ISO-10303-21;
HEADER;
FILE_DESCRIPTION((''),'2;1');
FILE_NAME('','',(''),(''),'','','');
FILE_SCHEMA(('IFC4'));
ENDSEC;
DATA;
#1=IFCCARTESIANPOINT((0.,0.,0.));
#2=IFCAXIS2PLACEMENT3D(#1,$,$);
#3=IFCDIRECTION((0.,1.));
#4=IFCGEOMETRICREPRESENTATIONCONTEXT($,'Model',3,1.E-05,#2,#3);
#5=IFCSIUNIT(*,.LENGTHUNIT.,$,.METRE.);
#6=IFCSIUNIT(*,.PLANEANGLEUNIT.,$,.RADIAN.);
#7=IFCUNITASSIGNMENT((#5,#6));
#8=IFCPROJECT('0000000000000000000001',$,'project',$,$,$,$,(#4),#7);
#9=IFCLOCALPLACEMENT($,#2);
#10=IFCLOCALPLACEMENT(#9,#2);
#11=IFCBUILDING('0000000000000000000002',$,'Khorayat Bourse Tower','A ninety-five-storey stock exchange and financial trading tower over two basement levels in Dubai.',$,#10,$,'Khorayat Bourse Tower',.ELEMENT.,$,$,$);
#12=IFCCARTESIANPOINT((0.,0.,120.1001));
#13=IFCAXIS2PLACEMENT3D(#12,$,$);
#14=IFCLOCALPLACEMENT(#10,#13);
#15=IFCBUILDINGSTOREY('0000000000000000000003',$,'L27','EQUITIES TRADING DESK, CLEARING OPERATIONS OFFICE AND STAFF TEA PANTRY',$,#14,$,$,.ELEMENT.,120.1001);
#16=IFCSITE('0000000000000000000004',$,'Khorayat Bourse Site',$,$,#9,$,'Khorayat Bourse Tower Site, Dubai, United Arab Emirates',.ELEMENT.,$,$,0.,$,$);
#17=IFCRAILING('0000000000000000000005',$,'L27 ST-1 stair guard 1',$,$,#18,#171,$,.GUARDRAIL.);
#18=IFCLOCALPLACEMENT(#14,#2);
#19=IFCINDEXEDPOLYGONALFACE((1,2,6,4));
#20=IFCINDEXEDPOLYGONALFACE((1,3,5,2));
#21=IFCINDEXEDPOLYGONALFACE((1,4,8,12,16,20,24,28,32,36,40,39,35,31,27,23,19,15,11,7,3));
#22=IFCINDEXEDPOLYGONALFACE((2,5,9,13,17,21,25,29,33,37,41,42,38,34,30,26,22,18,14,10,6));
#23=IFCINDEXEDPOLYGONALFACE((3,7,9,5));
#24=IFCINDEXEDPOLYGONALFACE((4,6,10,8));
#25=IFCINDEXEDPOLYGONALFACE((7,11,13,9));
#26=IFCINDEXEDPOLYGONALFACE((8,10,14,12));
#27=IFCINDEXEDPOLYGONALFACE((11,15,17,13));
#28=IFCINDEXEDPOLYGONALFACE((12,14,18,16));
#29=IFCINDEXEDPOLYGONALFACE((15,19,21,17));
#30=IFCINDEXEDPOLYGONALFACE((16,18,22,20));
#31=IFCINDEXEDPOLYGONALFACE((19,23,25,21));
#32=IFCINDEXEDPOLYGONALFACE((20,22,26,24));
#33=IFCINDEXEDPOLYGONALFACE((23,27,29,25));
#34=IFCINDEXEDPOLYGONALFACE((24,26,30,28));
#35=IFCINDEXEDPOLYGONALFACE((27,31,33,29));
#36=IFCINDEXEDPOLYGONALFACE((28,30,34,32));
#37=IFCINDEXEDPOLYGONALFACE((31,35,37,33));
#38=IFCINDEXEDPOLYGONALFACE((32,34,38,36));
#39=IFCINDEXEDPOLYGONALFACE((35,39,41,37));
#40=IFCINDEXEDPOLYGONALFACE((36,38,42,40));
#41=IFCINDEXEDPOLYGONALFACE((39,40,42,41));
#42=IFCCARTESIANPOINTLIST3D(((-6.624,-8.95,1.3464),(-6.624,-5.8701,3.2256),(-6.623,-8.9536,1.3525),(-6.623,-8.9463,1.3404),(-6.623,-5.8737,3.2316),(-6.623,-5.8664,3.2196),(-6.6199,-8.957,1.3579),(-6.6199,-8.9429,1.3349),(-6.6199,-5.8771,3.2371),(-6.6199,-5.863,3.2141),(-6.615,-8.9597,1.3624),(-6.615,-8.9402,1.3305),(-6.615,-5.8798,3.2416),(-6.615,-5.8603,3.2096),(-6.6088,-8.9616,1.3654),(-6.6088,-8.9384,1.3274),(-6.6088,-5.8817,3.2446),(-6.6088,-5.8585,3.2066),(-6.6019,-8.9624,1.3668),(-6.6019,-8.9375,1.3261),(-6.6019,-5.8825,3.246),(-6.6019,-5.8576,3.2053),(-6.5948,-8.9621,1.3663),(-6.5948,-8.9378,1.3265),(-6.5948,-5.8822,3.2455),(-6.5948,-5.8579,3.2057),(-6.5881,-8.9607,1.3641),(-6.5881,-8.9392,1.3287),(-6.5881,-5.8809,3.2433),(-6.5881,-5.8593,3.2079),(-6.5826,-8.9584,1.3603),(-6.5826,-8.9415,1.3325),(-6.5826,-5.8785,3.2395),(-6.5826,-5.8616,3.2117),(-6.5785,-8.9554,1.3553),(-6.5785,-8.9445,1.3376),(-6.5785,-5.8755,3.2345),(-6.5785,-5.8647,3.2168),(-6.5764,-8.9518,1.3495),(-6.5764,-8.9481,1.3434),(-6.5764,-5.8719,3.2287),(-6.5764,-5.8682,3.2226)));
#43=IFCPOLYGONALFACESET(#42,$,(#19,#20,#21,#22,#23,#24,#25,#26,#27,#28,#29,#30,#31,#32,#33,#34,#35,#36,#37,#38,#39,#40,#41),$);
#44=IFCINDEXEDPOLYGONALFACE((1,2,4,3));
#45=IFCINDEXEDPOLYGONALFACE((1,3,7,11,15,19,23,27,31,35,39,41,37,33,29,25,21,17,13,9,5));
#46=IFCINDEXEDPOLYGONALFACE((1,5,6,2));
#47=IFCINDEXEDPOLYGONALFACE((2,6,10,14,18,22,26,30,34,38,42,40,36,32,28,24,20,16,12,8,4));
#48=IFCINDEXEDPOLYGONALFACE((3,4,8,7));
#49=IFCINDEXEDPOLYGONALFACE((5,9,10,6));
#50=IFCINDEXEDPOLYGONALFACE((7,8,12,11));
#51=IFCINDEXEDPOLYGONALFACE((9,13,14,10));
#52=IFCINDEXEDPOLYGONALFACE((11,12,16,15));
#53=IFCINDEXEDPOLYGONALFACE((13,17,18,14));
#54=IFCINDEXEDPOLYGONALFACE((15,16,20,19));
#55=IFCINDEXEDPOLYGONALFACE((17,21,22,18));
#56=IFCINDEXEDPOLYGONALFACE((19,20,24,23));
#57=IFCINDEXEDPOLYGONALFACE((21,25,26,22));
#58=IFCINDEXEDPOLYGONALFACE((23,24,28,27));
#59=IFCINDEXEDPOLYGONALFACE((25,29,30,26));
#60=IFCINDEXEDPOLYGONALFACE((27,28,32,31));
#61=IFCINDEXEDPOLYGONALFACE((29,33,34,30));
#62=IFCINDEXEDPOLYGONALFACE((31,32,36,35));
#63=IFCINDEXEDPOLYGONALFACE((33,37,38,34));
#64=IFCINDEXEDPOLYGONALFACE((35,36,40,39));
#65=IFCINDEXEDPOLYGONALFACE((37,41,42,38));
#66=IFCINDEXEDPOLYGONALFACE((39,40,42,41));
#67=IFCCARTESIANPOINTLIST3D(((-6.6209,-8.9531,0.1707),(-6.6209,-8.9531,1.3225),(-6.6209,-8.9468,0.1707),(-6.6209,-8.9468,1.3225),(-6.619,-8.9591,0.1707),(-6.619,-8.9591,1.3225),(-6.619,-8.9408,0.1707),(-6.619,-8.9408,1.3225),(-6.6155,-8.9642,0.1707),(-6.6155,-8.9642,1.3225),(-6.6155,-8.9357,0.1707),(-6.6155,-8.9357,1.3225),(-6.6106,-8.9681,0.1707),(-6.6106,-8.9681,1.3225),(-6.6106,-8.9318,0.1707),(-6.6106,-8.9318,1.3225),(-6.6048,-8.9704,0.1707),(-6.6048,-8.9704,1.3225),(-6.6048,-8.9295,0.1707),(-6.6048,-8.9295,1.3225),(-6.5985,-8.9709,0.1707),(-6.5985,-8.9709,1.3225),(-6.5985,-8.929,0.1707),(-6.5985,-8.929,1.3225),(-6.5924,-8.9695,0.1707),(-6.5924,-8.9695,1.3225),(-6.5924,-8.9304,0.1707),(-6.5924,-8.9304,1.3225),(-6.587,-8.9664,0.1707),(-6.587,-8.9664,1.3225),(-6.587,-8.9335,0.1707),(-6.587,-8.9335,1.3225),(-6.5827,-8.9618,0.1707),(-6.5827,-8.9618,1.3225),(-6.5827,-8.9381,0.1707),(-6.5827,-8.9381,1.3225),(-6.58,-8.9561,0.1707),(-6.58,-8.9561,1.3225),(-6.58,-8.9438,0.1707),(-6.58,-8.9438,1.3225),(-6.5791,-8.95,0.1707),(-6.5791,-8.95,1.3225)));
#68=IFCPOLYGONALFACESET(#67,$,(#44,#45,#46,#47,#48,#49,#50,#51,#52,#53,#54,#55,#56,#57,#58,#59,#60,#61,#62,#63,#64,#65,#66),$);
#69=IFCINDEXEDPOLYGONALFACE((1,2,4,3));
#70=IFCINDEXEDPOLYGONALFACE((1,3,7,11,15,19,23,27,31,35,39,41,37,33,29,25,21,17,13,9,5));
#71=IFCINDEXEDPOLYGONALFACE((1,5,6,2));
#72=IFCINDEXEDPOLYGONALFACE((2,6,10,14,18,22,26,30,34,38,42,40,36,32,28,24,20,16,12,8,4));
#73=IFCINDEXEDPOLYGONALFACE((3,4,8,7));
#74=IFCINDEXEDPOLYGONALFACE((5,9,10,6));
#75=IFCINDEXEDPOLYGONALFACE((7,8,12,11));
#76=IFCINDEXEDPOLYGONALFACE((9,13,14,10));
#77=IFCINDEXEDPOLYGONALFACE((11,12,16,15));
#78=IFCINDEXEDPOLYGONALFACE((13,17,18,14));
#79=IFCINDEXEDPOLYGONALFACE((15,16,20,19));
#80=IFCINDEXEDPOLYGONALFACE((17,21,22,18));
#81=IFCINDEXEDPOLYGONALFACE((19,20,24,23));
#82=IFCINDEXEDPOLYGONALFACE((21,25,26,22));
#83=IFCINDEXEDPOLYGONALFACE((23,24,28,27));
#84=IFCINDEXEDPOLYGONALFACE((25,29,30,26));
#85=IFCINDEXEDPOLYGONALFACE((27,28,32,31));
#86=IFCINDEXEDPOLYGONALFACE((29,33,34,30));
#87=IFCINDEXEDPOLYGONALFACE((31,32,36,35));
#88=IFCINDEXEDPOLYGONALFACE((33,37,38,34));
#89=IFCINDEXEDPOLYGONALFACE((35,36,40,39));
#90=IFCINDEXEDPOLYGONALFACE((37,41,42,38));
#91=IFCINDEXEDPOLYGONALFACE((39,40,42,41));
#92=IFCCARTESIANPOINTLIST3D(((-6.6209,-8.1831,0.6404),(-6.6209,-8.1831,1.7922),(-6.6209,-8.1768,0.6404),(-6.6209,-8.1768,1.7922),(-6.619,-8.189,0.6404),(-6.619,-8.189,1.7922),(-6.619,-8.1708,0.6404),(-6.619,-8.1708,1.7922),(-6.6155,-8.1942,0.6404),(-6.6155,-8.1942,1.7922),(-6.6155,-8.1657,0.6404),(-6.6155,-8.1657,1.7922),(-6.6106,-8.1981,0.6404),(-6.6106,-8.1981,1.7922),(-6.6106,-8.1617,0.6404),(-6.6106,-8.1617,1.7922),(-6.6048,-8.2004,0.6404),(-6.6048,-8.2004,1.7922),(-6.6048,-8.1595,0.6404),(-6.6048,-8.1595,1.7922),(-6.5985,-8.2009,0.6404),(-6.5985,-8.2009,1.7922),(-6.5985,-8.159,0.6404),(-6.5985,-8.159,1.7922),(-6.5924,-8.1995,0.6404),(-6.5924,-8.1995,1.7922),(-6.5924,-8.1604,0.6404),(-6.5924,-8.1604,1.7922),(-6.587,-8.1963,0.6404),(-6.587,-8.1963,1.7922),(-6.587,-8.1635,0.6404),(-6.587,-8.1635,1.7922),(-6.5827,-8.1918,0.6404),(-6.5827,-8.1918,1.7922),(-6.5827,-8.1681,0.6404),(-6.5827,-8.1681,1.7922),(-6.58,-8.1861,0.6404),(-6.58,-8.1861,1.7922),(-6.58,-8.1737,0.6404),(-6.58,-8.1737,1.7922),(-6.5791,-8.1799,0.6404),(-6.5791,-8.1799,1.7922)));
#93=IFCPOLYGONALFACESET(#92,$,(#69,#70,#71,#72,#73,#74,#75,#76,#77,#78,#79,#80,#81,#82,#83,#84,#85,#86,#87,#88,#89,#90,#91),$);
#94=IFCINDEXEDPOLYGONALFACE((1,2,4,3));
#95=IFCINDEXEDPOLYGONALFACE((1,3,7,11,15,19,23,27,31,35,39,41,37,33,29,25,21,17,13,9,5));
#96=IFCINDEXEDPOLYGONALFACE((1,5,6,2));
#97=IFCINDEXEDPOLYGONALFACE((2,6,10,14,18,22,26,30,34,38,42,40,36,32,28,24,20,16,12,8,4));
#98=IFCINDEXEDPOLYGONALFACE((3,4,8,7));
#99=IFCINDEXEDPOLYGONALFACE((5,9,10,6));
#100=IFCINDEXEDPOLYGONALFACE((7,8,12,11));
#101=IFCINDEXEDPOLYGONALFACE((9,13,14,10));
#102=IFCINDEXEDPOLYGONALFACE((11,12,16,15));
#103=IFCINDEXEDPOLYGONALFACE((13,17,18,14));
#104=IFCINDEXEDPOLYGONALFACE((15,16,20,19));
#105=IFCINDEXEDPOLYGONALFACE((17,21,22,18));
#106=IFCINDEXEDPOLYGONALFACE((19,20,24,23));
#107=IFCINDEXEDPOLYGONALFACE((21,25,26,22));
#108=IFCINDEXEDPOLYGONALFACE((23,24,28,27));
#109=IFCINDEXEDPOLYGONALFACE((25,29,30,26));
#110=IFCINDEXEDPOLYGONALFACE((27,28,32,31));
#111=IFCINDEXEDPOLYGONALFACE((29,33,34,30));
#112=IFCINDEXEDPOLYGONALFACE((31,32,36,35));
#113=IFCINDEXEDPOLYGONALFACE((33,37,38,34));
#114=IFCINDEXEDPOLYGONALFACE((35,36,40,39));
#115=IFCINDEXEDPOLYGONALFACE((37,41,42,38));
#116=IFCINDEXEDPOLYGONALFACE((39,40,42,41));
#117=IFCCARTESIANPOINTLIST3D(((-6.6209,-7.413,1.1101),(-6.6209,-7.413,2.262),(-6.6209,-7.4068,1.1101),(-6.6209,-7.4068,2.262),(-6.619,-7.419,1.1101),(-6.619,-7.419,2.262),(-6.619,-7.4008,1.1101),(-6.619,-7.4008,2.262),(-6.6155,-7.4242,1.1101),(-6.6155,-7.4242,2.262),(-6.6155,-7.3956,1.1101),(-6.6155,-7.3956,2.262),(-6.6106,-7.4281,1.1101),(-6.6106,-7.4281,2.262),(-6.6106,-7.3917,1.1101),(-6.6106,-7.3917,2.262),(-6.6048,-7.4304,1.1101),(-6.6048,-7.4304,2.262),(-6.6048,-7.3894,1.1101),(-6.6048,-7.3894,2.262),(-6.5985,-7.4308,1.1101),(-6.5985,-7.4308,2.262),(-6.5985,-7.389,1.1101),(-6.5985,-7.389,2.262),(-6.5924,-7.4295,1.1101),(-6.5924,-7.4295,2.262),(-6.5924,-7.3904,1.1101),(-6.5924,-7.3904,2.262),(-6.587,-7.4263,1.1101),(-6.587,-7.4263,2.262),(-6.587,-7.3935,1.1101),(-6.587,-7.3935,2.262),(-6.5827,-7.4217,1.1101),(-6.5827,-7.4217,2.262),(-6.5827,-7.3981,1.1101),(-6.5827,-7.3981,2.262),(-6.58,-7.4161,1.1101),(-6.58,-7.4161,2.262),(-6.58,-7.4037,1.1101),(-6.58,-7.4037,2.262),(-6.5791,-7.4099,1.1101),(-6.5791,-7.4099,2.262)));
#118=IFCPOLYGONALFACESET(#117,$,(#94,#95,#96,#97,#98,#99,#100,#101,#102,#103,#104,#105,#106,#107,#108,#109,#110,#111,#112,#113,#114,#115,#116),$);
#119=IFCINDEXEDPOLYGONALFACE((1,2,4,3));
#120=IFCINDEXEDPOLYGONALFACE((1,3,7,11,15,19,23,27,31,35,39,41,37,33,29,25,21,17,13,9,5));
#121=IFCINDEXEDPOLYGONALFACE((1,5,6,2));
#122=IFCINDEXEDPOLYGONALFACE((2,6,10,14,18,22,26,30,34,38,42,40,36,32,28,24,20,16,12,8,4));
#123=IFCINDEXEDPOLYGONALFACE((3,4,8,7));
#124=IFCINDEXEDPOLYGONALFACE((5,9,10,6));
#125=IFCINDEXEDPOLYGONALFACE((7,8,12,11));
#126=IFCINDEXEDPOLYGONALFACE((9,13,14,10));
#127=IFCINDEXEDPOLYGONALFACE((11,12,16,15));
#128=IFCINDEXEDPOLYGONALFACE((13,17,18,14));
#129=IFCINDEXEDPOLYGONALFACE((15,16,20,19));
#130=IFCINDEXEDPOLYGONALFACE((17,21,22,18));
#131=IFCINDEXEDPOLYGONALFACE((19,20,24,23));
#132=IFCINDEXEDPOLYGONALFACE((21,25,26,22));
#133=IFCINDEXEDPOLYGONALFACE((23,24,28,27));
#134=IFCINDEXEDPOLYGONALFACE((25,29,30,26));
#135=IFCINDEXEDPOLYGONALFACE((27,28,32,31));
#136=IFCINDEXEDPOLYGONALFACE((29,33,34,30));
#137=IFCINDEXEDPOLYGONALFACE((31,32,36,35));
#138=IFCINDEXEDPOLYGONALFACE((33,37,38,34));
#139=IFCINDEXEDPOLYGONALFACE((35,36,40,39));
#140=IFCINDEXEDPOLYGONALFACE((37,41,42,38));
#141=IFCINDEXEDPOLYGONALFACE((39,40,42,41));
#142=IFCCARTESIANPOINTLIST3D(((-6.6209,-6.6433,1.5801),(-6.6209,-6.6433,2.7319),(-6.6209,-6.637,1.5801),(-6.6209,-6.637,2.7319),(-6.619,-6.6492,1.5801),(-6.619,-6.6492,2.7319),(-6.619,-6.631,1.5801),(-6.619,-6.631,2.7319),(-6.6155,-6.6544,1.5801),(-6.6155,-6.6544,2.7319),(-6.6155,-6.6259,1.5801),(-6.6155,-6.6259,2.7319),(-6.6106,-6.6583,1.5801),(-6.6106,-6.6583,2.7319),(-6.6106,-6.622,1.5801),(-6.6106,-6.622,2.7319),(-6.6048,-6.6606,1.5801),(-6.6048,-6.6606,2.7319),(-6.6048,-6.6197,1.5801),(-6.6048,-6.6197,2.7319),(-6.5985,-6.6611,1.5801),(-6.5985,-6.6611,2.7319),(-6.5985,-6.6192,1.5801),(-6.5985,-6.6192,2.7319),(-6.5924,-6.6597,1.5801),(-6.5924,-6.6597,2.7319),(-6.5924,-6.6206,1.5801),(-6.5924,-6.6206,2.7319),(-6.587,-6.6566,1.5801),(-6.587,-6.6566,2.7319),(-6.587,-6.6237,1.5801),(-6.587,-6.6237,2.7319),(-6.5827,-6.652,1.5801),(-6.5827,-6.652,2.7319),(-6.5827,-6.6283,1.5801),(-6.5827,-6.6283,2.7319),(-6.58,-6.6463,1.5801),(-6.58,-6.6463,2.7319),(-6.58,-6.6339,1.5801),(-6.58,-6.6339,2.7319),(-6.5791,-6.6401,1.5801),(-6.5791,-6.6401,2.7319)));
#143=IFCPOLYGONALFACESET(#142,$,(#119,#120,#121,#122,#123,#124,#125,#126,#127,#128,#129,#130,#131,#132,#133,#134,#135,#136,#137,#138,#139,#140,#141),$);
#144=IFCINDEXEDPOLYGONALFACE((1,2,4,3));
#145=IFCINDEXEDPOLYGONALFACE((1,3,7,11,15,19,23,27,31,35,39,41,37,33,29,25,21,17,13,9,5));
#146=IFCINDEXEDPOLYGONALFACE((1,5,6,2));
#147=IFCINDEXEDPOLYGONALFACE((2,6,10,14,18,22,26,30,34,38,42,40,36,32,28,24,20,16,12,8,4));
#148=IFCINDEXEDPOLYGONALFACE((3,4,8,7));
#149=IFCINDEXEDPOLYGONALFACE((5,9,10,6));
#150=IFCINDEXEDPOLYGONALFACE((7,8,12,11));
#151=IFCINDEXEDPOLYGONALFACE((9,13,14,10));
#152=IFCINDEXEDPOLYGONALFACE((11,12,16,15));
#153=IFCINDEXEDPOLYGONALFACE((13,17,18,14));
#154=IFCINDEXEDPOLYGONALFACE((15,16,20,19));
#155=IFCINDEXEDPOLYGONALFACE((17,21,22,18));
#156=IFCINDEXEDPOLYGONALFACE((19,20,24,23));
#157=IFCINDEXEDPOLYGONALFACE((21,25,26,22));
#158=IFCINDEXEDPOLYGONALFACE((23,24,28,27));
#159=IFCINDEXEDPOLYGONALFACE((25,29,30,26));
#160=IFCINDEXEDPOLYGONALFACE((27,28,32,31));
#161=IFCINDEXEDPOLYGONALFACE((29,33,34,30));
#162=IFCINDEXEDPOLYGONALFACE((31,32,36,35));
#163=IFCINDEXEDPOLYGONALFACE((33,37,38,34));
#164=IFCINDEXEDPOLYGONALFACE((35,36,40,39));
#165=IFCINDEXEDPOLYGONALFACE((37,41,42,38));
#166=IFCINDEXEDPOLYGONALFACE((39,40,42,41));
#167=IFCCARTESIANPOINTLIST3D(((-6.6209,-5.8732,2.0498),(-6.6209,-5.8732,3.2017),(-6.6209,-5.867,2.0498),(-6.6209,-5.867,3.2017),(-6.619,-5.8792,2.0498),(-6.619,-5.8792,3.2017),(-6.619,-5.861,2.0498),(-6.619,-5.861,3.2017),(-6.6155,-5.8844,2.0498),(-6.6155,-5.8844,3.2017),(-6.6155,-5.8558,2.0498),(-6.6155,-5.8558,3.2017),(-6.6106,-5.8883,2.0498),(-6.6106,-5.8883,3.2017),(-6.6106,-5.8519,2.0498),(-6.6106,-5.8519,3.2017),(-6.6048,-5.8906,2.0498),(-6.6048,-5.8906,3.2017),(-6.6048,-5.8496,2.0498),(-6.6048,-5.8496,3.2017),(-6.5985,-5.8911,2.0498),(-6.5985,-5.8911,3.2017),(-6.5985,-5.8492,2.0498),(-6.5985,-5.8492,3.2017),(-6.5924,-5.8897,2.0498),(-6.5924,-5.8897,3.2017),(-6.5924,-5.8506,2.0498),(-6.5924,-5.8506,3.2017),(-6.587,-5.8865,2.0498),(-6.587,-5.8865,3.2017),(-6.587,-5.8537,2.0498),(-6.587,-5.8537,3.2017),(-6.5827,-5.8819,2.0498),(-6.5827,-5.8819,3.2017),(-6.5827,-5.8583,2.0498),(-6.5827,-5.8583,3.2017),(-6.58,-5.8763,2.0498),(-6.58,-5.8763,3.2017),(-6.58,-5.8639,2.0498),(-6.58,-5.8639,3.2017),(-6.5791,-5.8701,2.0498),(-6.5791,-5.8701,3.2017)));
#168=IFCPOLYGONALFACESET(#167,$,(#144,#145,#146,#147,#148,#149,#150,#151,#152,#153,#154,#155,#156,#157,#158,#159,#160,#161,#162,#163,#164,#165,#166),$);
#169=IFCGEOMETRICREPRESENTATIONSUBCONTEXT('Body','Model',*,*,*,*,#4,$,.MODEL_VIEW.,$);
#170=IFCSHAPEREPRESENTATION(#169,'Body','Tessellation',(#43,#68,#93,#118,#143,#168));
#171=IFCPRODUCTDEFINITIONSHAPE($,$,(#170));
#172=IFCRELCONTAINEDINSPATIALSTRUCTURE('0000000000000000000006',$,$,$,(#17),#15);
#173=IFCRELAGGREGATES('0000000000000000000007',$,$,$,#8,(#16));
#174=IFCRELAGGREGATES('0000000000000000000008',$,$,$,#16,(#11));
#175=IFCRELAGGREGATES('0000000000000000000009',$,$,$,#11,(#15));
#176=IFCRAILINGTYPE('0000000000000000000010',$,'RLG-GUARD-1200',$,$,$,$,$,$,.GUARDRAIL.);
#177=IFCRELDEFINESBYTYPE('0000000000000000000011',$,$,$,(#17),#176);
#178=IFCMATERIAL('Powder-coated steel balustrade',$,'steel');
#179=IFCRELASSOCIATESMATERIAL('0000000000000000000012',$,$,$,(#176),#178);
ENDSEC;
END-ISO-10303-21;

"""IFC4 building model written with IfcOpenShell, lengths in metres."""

from ifc_helpers import new_model, si_unit, direction, frame, origin, origin_2d, place, context, subcontext, project, spatial, circle, extrude, source, transform, mapped, material, type_object, element, save


model = new_model("IFC4")

# Units and contexts
model_context = context("Model", 3, precision=1e-05, world=origin(), true_north=direction((0.0, 1.0)))
body_context = subcontext(model_context, "Body", "Model", "MODEL_VIEW")
ifc_project = project(units=[si_unit("LENGTHUNIT", "METRE"), si_unit("PLANEANGLEUNIT", "RADIAN")], contexts=[model_context])

# Site, building, storey
site_placement = place(None, origin())
site = spatial("IfcSite", under=ifc_project, at=site_placement, Name="Khorayat Bourse Site", LongName="Khorayat Bourse Tower Site, Dubai, United Arab Emirates", CompositionType="ELEMENT", RefElevation=0.0)
building_placement = place(site_placement, origin())
building = spatial("IfcBuilding", under=site, at=building_placement, Name="Khorayat Bourse Tower", Description="A ninety-five-storey stock exchange and financial trading tower over two basement levels in Dubai.", LongName="Khorayat Bourse Tower", CompositionType="ELEMENT")
storey_placement = place(building_placement, frame((0.0, 0.0, 120.1001)))
storey = spatial("IfcBuildingStorey", under=building, at=storey_placement, Name="L27", Description="EQUITIES TRADING DESK, CLEARING OPERATIONS OFFICE AND STAFF TEA PANTRY", CompositionType="ELEMENT", Elevation=120.1001)

# Railing
ifc_material_1 = material(Name="Powder-coated steel balustrade", Category="steel")
railing_type_1 = type_object("IfcRailingType", Name="RLG-GUARD-1200", PredefinedType="GUARDRAIL", material=ifc_material_1)
shared_shape_1 = source(origin(), body_context, "Body", "SweptSolid", [
    extrude(circle(Radius=0.0239, at=origin_2d()), frame((0.0, 0.0, 1.1758), z_axis=(0.0, 0.853648, 0.52085), x_axis=(-1.0, 0.0, 0.0)), (0.0, 0.0, 1.0), 3.6079),
    extrude(circle(Radius=0.021, at=origin_2d()), origin(), (0.0, 0.0, 1.0), 1.1519),
    extrude(circle(Radius=0.021, at=origin_2d()), frame((0.0, 0.77, 0.4697)), (0.0, 0.0, 1.0), 1.1519),
    extrude(circle(Radius=0.021, at=origin_2d()), frame((0.0, 1.54, 0.9395)), (0.0, 0.0, 1.0), 1.1519),
    extrude(circle(Radius=0.021, at=origin_2d()), frame((0.0, 2.3098, 1.4094)), (0.0, 0.0, 1.0), 1.1519),
    extrude(circle(Radius=0.021, at=origin_2d()), frame((0.0, 3.0798, 1.8792)), (0.0, 0.0, 1.0), 1.1519),
])
railing_1_placement = place(storey_placement, frame((-6.6001, -8.95, 0.1707)))
element("IfcRailing", 1, at=railing_1_placement, inside=storey, type_object=railing_type_1, Name="L27 ST-1 stair guard 1", PredefinedType="GUARDRAIL", context=body_context, shape_type="MappedRepresentation", body=[
    mapped(shared_shape_1, transform((0.0, 0.0, 0.0), scale=1.0)),
])

save(model, "model.ifc")
